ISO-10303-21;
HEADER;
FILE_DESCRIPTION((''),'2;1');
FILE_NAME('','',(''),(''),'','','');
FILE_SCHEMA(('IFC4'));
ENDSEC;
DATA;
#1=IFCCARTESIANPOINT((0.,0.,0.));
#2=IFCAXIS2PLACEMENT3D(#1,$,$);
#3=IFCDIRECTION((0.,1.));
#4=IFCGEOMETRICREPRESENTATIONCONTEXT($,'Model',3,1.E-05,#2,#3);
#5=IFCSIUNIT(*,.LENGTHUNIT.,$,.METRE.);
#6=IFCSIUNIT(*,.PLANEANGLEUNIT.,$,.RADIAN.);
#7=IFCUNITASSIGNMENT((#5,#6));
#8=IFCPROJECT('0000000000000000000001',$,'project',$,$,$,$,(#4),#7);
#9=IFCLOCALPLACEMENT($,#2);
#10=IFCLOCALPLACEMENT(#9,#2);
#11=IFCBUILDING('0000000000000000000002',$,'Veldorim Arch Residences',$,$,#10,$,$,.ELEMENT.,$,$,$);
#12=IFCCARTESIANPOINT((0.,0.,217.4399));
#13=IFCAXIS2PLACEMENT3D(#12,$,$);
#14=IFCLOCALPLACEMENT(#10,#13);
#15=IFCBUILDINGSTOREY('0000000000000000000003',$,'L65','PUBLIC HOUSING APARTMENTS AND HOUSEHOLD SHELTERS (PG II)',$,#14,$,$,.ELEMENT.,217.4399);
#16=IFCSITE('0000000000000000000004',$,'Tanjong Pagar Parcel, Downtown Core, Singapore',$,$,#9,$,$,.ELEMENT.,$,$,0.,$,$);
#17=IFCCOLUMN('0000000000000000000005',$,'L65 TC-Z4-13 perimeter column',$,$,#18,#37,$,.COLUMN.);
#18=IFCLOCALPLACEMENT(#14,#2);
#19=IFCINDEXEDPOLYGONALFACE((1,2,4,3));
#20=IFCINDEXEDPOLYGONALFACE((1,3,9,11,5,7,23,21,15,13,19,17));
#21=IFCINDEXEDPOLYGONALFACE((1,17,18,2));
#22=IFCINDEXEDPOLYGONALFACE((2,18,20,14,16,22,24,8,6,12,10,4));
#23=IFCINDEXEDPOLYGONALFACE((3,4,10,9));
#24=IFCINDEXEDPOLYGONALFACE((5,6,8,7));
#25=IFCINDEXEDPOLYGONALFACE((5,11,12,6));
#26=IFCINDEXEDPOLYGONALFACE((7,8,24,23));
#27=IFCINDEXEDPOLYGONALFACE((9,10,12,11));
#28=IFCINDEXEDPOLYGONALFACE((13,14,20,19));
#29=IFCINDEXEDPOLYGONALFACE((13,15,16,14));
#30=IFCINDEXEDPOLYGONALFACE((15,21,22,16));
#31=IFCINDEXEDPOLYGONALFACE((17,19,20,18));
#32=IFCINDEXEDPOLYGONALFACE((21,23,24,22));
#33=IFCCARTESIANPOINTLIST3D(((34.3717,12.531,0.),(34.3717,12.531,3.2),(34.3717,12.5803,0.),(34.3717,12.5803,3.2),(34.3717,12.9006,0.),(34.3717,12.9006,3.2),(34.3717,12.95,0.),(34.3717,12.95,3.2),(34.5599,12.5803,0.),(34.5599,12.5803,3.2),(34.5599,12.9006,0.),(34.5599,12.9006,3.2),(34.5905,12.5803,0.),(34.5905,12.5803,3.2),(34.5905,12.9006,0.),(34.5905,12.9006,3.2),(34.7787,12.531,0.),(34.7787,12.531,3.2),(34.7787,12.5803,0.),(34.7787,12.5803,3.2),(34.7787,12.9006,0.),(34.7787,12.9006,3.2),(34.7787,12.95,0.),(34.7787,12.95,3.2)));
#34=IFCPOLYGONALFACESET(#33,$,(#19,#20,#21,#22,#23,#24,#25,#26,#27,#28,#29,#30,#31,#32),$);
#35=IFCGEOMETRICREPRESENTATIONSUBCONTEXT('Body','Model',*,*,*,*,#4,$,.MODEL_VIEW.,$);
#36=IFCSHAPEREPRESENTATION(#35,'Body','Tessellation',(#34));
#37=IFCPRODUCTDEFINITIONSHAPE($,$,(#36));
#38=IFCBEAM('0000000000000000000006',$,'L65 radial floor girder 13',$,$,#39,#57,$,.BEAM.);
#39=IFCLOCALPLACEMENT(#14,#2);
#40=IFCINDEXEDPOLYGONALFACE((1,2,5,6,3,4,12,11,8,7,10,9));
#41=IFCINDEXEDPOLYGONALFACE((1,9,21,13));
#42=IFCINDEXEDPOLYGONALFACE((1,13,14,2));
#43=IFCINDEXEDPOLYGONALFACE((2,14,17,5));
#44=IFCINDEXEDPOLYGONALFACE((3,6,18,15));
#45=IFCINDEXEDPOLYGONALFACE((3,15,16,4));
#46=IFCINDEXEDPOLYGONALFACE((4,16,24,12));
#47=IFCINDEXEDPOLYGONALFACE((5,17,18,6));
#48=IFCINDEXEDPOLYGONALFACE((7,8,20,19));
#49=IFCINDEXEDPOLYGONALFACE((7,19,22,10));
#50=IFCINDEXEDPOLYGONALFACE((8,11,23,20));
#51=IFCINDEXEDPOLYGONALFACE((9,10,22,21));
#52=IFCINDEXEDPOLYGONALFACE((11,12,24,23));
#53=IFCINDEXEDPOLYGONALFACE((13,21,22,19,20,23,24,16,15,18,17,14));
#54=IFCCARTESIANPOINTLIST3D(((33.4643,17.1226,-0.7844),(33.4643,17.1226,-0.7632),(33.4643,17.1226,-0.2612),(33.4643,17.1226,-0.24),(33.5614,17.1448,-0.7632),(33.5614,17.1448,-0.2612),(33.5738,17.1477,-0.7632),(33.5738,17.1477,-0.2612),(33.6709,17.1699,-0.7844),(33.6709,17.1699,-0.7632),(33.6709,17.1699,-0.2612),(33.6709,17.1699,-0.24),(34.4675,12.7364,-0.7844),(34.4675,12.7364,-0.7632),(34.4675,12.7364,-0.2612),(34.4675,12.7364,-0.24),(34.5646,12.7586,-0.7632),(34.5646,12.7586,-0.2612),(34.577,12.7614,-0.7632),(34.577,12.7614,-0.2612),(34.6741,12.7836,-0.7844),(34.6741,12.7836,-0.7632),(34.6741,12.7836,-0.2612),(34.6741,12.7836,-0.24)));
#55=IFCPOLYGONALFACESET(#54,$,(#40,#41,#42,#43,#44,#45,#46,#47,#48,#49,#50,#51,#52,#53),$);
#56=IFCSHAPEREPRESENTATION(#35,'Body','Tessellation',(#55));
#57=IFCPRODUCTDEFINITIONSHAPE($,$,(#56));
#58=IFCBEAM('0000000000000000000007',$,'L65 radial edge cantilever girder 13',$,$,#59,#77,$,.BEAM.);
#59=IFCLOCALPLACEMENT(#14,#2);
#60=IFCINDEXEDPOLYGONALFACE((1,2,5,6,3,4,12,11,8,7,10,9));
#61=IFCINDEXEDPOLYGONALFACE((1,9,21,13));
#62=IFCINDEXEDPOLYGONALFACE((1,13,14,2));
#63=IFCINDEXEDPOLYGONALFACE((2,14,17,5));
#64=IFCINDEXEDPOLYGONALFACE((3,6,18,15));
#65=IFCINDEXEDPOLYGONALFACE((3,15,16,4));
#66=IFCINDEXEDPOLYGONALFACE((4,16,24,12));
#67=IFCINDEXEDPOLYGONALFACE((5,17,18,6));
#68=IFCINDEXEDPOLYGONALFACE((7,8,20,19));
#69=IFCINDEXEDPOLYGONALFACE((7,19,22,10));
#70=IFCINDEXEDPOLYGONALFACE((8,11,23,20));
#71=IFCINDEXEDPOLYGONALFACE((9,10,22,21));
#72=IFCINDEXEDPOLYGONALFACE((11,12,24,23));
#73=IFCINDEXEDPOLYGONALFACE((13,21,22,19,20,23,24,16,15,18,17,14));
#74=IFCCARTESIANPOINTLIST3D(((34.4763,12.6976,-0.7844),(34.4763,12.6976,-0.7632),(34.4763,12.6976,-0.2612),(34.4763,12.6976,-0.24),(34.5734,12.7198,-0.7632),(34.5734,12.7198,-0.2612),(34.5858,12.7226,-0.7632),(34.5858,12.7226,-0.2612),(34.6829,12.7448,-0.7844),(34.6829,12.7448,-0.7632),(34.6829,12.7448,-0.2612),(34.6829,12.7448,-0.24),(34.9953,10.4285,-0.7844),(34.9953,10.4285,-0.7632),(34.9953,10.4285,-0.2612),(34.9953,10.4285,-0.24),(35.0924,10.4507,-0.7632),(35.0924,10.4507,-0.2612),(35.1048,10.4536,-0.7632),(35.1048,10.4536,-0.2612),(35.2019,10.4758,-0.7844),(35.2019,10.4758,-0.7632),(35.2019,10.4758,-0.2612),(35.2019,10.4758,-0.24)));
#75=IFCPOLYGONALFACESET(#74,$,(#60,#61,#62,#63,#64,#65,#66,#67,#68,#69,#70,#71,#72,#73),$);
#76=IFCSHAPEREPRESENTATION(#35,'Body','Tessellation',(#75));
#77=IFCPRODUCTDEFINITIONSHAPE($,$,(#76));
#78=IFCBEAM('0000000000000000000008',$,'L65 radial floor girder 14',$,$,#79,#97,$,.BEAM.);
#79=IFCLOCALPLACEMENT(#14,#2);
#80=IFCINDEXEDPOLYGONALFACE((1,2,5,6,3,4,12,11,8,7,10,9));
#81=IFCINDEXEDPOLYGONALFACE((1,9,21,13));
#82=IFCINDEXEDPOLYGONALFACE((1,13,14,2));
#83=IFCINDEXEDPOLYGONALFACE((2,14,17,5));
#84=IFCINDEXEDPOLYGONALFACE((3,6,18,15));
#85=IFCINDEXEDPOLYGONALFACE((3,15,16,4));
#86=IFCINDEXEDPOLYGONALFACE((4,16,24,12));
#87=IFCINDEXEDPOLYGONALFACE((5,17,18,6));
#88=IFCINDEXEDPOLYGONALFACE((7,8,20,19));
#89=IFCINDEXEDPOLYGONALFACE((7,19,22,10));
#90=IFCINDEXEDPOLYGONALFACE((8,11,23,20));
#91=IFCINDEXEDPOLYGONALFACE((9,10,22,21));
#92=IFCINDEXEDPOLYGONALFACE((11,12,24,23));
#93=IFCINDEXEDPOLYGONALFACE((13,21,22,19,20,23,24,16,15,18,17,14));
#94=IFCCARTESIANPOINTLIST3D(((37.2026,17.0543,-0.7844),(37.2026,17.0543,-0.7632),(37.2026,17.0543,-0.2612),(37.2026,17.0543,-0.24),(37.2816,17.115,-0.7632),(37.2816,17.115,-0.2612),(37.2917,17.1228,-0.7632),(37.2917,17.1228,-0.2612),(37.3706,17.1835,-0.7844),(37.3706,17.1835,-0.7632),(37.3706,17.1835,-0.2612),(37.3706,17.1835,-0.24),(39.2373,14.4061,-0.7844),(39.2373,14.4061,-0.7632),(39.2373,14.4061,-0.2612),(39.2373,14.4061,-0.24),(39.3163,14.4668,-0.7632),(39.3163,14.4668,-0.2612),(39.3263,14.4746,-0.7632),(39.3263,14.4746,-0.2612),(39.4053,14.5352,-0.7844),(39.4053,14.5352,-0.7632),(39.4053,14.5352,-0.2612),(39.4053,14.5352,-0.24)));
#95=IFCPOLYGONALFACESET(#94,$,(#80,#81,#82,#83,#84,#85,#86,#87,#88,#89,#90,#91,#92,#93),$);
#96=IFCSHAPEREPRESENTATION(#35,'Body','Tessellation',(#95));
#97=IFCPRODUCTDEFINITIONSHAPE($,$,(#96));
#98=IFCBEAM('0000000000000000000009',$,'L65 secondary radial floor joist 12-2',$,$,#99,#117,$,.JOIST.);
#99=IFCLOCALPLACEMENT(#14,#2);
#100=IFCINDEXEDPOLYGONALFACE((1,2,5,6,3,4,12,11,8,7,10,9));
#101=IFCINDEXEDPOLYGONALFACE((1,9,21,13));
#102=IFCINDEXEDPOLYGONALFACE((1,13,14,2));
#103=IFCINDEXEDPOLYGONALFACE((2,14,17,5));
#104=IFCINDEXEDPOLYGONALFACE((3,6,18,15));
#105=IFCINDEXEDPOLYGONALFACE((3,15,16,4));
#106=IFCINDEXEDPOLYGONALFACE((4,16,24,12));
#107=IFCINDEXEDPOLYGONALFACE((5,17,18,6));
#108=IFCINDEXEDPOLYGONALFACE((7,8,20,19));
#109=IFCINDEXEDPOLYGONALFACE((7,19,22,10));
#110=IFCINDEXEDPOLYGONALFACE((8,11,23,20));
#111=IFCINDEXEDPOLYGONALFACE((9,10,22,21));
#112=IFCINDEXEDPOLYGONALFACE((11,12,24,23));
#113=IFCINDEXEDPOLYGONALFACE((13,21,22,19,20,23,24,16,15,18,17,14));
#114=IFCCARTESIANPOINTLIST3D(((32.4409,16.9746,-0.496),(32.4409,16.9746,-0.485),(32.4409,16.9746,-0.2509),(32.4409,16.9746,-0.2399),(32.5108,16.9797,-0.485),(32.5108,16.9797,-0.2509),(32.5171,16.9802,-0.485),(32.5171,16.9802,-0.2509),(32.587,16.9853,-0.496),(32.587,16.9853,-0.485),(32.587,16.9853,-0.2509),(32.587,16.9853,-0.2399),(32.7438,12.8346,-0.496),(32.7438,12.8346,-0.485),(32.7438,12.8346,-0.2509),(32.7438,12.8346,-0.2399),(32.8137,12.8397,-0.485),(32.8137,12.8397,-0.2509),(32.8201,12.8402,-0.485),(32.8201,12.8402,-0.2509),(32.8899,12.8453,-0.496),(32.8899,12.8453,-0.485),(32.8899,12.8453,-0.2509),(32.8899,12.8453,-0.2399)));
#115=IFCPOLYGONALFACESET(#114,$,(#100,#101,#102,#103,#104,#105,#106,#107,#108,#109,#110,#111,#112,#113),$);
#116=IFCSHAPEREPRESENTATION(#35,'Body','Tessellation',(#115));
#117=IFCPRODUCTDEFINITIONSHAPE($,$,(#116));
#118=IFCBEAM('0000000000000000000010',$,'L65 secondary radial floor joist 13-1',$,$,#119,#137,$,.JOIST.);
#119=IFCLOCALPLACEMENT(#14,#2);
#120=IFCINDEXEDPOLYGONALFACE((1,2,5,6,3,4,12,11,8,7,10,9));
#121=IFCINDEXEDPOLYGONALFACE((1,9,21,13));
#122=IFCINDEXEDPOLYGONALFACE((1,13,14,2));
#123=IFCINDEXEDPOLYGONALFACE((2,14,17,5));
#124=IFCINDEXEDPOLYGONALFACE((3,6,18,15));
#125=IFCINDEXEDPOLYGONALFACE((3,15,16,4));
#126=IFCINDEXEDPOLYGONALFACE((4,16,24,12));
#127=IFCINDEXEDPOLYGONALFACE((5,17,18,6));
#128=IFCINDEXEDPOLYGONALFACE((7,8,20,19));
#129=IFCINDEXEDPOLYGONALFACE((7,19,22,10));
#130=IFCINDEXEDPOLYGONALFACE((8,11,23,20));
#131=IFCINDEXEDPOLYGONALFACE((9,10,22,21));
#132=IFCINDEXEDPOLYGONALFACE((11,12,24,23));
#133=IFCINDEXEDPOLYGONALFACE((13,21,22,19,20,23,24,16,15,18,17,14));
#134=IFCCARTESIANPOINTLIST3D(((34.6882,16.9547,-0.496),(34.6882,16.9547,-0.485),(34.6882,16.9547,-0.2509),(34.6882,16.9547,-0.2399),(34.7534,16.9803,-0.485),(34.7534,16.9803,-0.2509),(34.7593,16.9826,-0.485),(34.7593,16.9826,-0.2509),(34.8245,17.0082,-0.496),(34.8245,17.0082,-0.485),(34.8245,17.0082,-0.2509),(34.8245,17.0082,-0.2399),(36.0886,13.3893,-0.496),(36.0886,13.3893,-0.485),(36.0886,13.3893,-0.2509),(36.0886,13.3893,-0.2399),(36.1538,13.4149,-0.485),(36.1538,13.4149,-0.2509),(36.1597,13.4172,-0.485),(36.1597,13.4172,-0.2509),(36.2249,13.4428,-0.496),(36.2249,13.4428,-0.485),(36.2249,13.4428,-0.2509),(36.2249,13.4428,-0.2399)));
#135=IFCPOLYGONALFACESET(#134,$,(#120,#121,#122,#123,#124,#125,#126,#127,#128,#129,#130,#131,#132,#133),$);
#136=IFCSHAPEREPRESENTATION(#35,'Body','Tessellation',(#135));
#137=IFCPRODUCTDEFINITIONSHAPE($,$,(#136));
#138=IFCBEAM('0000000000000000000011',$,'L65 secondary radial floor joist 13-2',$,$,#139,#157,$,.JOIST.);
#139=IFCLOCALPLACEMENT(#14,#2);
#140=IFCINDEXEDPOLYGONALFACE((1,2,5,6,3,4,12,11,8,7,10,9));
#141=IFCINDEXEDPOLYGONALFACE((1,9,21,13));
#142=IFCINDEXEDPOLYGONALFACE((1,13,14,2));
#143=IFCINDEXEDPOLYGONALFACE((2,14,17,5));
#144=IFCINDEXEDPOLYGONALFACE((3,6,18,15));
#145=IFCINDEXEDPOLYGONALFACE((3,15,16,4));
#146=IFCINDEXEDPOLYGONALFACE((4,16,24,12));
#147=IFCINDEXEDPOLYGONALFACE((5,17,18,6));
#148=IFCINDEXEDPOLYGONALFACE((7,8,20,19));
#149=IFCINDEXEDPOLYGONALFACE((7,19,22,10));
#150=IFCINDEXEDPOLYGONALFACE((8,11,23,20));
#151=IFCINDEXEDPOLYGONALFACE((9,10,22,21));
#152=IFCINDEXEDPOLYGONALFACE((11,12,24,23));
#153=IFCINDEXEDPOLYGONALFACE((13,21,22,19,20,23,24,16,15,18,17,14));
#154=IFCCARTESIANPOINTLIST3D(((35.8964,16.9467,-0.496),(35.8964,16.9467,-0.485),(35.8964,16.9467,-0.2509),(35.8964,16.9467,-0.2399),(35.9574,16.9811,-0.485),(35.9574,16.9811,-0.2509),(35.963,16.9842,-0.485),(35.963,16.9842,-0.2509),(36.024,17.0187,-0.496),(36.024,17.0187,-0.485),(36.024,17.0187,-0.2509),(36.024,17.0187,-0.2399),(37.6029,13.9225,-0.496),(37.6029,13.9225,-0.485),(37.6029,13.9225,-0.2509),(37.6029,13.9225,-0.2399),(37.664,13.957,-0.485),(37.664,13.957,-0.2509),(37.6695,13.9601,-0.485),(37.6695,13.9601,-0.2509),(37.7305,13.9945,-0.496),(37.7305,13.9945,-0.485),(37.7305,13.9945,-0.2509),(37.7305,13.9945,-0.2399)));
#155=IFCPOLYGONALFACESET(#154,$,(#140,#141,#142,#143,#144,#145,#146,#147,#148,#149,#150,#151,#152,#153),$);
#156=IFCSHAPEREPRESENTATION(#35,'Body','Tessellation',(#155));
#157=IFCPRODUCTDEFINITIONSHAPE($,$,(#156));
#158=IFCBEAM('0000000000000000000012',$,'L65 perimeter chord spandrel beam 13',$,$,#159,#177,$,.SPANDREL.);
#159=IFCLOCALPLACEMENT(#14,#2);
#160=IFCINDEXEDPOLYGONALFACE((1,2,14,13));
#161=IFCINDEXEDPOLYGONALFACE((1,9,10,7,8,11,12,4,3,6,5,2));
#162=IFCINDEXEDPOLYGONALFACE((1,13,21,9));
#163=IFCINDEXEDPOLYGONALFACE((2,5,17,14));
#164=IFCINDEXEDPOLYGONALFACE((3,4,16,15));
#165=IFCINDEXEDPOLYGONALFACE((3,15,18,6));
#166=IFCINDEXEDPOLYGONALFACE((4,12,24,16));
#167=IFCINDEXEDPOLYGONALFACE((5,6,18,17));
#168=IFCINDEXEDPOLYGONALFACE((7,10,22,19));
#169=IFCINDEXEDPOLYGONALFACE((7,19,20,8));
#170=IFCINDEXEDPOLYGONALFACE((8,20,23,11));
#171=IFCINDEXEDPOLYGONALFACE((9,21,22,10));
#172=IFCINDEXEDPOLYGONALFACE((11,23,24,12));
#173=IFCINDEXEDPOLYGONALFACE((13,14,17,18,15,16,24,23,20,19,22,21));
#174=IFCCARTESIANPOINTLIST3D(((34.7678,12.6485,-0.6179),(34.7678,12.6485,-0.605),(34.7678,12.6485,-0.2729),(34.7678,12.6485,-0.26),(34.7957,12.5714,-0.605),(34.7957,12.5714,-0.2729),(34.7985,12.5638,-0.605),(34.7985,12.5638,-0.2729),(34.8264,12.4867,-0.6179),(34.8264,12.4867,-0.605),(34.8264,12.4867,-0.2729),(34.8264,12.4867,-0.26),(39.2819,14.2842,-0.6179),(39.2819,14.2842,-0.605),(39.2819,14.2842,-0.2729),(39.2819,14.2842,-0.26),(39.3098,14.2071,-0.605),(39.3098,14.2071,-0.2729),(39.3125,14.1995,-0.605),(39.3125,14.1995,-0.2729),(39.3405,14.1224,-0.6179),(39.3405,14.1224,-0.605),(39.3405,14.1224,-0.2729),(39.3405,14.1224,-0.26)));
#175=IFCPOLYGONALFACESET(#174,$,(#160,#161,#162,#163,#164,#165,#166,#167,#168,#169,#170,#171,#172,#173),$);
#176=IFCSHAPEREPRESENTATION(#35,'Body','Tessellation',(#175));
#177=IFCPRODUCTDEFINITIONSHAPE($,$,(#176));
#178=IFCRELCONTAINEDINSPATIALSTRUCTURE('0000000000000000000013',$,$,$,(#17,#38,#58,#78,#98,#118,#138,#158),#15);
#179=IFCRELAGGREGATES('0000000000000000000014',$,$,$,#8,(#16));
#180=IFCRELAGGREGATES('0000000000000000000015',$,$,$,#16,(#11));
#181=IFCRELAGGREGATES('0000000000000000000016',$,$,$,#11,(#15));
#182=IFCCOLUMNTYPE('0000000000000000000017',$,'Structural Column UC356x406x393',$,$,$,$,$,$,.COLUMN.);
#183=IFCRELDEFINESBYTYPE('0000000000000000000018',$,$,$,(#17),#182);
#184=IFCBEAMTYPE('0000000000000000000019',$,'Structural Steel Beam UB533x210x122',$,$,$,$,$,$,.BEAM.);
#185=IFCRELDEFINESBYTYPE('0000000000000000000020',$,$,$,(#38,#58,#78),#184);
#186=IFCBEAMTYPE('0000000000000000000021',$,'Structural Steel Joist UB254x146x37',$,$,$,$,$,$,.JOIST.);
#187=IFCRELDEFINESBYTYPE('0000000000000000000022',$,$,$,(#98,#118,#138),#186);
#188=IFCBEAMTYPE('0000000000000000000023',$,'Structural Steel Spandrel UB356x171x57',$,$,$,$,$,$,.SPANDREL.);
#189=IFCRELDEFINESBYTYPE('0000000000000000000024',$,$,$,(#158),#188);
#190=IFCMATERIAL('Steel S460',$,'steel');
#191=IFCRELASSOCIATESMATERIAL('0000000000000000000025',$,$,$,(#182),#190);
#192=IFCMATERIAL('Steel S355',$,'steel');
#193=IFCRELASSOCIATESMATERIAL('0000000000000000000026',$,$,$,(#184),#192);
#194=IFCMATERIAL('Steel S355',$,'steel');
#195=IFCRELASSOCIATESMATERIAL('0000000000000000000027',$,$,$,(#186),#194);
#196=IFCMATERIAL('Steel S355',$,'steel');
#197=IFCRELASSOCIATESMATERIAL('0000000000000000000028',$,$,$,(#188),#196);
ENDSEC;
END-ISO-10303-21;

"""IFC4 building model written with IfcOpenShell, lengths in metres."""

from ifc_helpers import new_model, si_unit, direction, frame, origin, origin_2d, place, context, subcontext, project, spatial, i_section, extrude, material, material_profile, profile_set, type_object, element, save


model = new_model("IFC4")

# Units and contexts
model_context = context("Model", 3, precision=1e-05, world=origin(), true_north=direction((0.0, 1.0)))
body_context = subcontext(model_context, "Body", "Model", "MODEL_VIEW")
ifc_project = project(units=[si_unit("LENGTHUNIT", "METRE"), si_unit("PLANEANGLEUNIT", "RADIAN")], contexts=[model_context])

# Site, building, storey
site_placement = place(None, origin())
site = spatial("IfcSite", under=ifc_project, at=site_placement, Name="Tanjong Pagar Parcel, Downtown Core, Singapore", CompositionType="ELEMENT", RefElevation=0.0)
building_placement = place(site_placement, origin())
building = spatial("IfcBuilding", under=site, at=building_placement, Name="Veldorim Arch Residences", CompositionType="ELEMENT")
storey_placement = place(building_placement, frame((0.0, 0.0, 217.4399)))
storey = spatial("IfcBuildingStorey", under=building, at=storey_placement, Name="L65", Description="PUBLIC HOUSING APARTMENTS AND HOUSEHOLD SHELTERS (PG II)", CompositionType="ELEMENT", Elevation=217.4399)

# Column
ifc_material_1 = material(Name="Steel S460", Category="steel")
ifc_material_profile_1 = material_profile(ifc_material_1, i_section(OverallWidth=0.407, OverallDepth=0.4189, WebThickness=0.0305, FlangeThickness=0.0493, at=origin_2d()), Name="UC356x406x393")
ifc_profile_set_1 = profile_set([ifc_material_profile_1], Name="Steel S460")
column_type = type_object("IfcColumnType", Name="Structural Column UC356x406x393", PredefinedType="COLUMN", material=ifc_profile_set_1)
column_placement = place(storey_placement, frame((34.5752, 12.7405, 0.0), z_axis=(0.0, 0.0, 1.0), x_axis=(1.0, 0.0, 0.0)))
element("IfcColumn", 1, at=column_placement, inside=storey, type_object=column_type, Name="L65 TC-Z4-13 perimeter column", PredefinedType="COLUMN", context=body_context, shape_type="SweptSolid", body=[
    extrude(i_section(OverallWidth=0.407, OverallDepth=0.4189, WebThickness=0.0305, FlangeThickness=0.0493, at=origin_2d()), origin(), (0.0, 0.0, 1.0), 3.2),
])

# Beams
ifc_material_2 = material(Name="Steel S355", Category="steel")
ifc_material_profile_2 = material_profile(ifc_material_2, i_section(OverallWidth=0.2119, OverallDepth=0.5444, WebThickness=0.0127, FlangeThickness=0.0212, at=origin_2d()), Name="UB533x210x122")
ifc_profile_set_2 = profile_set([ifc_material_profile_2], Name="Steel S355")
beam_type_1 = type_object("IfcBeamType", Name="Structural Steel Beam UB533x210x122", PredefinedType="BEAM", material=ifc_profile_set_2)
beam_1_placement = place(storey_placement, frame((33.5676, 17.1462, -0.5122), z_axis=(0.222953, -0.974829, 0.0), x_axis=(0.974829, 0.222953, 0.0)))
element("IfcBeam", 2, at=beam_1_placement, inside=storey, type_object=beam_type_1, Name="L65 radial floor girder 13", PredefinedType="BEAM", context=body_context, shape_type="SweptSolid", body=[
    extrude(i_section(OverallWidth=0.2119, OverallDepth=0.5444, WebThickness=0.0127, FlangeThickness=0.0212, at=origin_2d()), origin(), (0.0, 0.0, 1.0), 4.4995),
])
beam_2_placement = place(storey_placement, frame((34.5796, 12.7212, -0.5122), z_axis=(0.22299, -0.974821, 0.0), x_axis=(0.974821, 0.22299, 0.0)))
element("IfcBeam", 3, at=beam_2_placement, inside=storey, type_object=beam_type_1, Name="L65 radial edge cantilever girder 13", PredefinedType="BEAM", context=body_context, shape_type="SweptSolid", body=[
    extrude(i_section(OverallWidth=0.2119, OverallDepth=0.5444, WebThickness=0.0127, FlangeThickness=0.0212, at=origin_2d()), origin(), (0.0, 0.0, 1.0), 2.3276),
])
beam_3_placement = place(storey_placement, frame((37.2866, 17.1189, -0.5122), z_axis=(0.609258, -0.792972, 0.0), x_axis=(0.792972, 0.609258, 0.0)))
element("IfcBeam", 4, at=beam_3_placement, inside=storey, type_object=beam_type_1, Name="L65 radial floor girder 14", PredefinedType="BEAM", context=body_context, shape_type="SweptSolid", body=[
    extrude(i_section(OverallWidth=0.2119, OverallDepth=0.5444, WebThickness=0.0127, FlangeThickness=0.0212, at=origin_2d()), origin(), (0.0, 0.0, 1.0), 3.3396),
])
ifc_material_3 = material(Name="Steel S355", Category="steel")
ifc_material_profile_3 = material_profile(ifc_material_3, i_section(OverallWidth=0.1465, OverallDepth=0.2561, WebThickness=0.0063, FlangeThickness=0.011, at=origin_2d()), Name="UB254x146x37")
ifc_profile_set_3 = profile_set([ifc_material_profile_3], Name="Steel S355")
beam_type_2 = type_object("IfcBeamType", Name="Structural Steel Joist UB254x146x37", PredefinedType="JOIST", material=ifc_profile_set_3)
beam_4_placement = place(storey_placement, frame((32.5139, 16.98, -0.3679), z_axis=(0.072986, -0.997333, 0.0), x_axis=(0.997333, 0.072986, 0.0)))
element("IfcBeam", 5, at=beam_4_placement, inside=storey, type_object=beam_type_2, Name="L65 secondary radial floor joist 12-2", PredefinedType="JOIST", context=body_context, shape_type="SweptSolid", body=[
    extrude(i_section(OverallWidth=0.1465, OverallDepth=0.2561, WebThickness=0.0063, FlangeThickness=0.011, at=origin_2d()), origin(), (0.0, 0.0, 1.0), 4.1511),
])
beam_5_placement = place(storey_placement, frame((34.7563, 16.9814, -0.3679), z_axis=(0.365581, -0.930779, 0.0), x_axis=(0.930779, 0.365581, 0.0)))
element("IfcBeam", 6, at=beam_5_placement, inside=storey, type_object=beam_type_2, Name="L65 secondary radial floor joist 13-1", PredefinedType="JOIST", context=body_context, shape_type="SweptSolid", body=[
    extrude(i_section(OverallWidth=0.1465, OverallDepth=0.2561, WebThickness=0.0063, FlangeThickness=0.011, at=origin_2d()), origin(), (0.0, 0.0, 1.0), 3.8306),
])
beam_6_placement = place(storey_placement, frame((35.9602, 16.9827, -0.3679), z_axis=(0.491452, -0.870904, 0.0), x_axis=(0.870904, 0.491452, 0.0)))
element("IfcBeam", 7, at=beam_6_placement, inside=storey, type_object=beam_type_2, Name="L65 secondary radial floor joist 13-2", PredefinedType="JOIST", context=body_context, shape_type="SweptSolid", body=[
    extrude(i_section(OverallWidth=0.1465, OverallDepth=0.2561, WebThickness=0.0063, FlangeThickness=0.011, at=origin_2d()), origin(), (0.0, 0.0, 1.0), 3.4724),
])
ifc_material_4 = material(Name="Steel S355", Category="steel")
ifc_material_profile_4 = material_profile(ifc_material_4, i_section(OverallWidth=0.1721, OverallDepth=0.3579, WebThickness=0.0081, FlangeThickness=0.0129, at=origin_2d()), Name="UB356x171x57")
ifc_profile_set_4 = profile_set([ifc_material_profile_4], Name="Steel S355")
beam_type_3 = type_object("IfcBeamType", Name="Structural Steel Spandrel UB356x171x57", PredefinedType="SPANDREL", material=ifc_profile_set_4)
beam_7_placement = place(storey_placement, frame((34.7971, 12.5676, -0.439), z_axis=(0.940179, 0.340681, 0.0), x_axis=(-0.340681, 0.940179, 0.0)))
element("IfcBeam", 8, at=beam_7_placement, inside=storey, type_object=beam_type_3, Name="L65 perimeter chord spandrel beam 13", PredefinedType="SPANDREL", context=body_context, shape_type="SweptSolid", body=[
    extrude(i_section(OverallWidth=0.1721, OverallDepth=0.3579, WebThickness=0.0081, FlangeThickness=0.0129, at=origin_2d()), origin(), (0.0, 0.0, 1.0), 4.8013),
])

save(model, "model.ifc")
